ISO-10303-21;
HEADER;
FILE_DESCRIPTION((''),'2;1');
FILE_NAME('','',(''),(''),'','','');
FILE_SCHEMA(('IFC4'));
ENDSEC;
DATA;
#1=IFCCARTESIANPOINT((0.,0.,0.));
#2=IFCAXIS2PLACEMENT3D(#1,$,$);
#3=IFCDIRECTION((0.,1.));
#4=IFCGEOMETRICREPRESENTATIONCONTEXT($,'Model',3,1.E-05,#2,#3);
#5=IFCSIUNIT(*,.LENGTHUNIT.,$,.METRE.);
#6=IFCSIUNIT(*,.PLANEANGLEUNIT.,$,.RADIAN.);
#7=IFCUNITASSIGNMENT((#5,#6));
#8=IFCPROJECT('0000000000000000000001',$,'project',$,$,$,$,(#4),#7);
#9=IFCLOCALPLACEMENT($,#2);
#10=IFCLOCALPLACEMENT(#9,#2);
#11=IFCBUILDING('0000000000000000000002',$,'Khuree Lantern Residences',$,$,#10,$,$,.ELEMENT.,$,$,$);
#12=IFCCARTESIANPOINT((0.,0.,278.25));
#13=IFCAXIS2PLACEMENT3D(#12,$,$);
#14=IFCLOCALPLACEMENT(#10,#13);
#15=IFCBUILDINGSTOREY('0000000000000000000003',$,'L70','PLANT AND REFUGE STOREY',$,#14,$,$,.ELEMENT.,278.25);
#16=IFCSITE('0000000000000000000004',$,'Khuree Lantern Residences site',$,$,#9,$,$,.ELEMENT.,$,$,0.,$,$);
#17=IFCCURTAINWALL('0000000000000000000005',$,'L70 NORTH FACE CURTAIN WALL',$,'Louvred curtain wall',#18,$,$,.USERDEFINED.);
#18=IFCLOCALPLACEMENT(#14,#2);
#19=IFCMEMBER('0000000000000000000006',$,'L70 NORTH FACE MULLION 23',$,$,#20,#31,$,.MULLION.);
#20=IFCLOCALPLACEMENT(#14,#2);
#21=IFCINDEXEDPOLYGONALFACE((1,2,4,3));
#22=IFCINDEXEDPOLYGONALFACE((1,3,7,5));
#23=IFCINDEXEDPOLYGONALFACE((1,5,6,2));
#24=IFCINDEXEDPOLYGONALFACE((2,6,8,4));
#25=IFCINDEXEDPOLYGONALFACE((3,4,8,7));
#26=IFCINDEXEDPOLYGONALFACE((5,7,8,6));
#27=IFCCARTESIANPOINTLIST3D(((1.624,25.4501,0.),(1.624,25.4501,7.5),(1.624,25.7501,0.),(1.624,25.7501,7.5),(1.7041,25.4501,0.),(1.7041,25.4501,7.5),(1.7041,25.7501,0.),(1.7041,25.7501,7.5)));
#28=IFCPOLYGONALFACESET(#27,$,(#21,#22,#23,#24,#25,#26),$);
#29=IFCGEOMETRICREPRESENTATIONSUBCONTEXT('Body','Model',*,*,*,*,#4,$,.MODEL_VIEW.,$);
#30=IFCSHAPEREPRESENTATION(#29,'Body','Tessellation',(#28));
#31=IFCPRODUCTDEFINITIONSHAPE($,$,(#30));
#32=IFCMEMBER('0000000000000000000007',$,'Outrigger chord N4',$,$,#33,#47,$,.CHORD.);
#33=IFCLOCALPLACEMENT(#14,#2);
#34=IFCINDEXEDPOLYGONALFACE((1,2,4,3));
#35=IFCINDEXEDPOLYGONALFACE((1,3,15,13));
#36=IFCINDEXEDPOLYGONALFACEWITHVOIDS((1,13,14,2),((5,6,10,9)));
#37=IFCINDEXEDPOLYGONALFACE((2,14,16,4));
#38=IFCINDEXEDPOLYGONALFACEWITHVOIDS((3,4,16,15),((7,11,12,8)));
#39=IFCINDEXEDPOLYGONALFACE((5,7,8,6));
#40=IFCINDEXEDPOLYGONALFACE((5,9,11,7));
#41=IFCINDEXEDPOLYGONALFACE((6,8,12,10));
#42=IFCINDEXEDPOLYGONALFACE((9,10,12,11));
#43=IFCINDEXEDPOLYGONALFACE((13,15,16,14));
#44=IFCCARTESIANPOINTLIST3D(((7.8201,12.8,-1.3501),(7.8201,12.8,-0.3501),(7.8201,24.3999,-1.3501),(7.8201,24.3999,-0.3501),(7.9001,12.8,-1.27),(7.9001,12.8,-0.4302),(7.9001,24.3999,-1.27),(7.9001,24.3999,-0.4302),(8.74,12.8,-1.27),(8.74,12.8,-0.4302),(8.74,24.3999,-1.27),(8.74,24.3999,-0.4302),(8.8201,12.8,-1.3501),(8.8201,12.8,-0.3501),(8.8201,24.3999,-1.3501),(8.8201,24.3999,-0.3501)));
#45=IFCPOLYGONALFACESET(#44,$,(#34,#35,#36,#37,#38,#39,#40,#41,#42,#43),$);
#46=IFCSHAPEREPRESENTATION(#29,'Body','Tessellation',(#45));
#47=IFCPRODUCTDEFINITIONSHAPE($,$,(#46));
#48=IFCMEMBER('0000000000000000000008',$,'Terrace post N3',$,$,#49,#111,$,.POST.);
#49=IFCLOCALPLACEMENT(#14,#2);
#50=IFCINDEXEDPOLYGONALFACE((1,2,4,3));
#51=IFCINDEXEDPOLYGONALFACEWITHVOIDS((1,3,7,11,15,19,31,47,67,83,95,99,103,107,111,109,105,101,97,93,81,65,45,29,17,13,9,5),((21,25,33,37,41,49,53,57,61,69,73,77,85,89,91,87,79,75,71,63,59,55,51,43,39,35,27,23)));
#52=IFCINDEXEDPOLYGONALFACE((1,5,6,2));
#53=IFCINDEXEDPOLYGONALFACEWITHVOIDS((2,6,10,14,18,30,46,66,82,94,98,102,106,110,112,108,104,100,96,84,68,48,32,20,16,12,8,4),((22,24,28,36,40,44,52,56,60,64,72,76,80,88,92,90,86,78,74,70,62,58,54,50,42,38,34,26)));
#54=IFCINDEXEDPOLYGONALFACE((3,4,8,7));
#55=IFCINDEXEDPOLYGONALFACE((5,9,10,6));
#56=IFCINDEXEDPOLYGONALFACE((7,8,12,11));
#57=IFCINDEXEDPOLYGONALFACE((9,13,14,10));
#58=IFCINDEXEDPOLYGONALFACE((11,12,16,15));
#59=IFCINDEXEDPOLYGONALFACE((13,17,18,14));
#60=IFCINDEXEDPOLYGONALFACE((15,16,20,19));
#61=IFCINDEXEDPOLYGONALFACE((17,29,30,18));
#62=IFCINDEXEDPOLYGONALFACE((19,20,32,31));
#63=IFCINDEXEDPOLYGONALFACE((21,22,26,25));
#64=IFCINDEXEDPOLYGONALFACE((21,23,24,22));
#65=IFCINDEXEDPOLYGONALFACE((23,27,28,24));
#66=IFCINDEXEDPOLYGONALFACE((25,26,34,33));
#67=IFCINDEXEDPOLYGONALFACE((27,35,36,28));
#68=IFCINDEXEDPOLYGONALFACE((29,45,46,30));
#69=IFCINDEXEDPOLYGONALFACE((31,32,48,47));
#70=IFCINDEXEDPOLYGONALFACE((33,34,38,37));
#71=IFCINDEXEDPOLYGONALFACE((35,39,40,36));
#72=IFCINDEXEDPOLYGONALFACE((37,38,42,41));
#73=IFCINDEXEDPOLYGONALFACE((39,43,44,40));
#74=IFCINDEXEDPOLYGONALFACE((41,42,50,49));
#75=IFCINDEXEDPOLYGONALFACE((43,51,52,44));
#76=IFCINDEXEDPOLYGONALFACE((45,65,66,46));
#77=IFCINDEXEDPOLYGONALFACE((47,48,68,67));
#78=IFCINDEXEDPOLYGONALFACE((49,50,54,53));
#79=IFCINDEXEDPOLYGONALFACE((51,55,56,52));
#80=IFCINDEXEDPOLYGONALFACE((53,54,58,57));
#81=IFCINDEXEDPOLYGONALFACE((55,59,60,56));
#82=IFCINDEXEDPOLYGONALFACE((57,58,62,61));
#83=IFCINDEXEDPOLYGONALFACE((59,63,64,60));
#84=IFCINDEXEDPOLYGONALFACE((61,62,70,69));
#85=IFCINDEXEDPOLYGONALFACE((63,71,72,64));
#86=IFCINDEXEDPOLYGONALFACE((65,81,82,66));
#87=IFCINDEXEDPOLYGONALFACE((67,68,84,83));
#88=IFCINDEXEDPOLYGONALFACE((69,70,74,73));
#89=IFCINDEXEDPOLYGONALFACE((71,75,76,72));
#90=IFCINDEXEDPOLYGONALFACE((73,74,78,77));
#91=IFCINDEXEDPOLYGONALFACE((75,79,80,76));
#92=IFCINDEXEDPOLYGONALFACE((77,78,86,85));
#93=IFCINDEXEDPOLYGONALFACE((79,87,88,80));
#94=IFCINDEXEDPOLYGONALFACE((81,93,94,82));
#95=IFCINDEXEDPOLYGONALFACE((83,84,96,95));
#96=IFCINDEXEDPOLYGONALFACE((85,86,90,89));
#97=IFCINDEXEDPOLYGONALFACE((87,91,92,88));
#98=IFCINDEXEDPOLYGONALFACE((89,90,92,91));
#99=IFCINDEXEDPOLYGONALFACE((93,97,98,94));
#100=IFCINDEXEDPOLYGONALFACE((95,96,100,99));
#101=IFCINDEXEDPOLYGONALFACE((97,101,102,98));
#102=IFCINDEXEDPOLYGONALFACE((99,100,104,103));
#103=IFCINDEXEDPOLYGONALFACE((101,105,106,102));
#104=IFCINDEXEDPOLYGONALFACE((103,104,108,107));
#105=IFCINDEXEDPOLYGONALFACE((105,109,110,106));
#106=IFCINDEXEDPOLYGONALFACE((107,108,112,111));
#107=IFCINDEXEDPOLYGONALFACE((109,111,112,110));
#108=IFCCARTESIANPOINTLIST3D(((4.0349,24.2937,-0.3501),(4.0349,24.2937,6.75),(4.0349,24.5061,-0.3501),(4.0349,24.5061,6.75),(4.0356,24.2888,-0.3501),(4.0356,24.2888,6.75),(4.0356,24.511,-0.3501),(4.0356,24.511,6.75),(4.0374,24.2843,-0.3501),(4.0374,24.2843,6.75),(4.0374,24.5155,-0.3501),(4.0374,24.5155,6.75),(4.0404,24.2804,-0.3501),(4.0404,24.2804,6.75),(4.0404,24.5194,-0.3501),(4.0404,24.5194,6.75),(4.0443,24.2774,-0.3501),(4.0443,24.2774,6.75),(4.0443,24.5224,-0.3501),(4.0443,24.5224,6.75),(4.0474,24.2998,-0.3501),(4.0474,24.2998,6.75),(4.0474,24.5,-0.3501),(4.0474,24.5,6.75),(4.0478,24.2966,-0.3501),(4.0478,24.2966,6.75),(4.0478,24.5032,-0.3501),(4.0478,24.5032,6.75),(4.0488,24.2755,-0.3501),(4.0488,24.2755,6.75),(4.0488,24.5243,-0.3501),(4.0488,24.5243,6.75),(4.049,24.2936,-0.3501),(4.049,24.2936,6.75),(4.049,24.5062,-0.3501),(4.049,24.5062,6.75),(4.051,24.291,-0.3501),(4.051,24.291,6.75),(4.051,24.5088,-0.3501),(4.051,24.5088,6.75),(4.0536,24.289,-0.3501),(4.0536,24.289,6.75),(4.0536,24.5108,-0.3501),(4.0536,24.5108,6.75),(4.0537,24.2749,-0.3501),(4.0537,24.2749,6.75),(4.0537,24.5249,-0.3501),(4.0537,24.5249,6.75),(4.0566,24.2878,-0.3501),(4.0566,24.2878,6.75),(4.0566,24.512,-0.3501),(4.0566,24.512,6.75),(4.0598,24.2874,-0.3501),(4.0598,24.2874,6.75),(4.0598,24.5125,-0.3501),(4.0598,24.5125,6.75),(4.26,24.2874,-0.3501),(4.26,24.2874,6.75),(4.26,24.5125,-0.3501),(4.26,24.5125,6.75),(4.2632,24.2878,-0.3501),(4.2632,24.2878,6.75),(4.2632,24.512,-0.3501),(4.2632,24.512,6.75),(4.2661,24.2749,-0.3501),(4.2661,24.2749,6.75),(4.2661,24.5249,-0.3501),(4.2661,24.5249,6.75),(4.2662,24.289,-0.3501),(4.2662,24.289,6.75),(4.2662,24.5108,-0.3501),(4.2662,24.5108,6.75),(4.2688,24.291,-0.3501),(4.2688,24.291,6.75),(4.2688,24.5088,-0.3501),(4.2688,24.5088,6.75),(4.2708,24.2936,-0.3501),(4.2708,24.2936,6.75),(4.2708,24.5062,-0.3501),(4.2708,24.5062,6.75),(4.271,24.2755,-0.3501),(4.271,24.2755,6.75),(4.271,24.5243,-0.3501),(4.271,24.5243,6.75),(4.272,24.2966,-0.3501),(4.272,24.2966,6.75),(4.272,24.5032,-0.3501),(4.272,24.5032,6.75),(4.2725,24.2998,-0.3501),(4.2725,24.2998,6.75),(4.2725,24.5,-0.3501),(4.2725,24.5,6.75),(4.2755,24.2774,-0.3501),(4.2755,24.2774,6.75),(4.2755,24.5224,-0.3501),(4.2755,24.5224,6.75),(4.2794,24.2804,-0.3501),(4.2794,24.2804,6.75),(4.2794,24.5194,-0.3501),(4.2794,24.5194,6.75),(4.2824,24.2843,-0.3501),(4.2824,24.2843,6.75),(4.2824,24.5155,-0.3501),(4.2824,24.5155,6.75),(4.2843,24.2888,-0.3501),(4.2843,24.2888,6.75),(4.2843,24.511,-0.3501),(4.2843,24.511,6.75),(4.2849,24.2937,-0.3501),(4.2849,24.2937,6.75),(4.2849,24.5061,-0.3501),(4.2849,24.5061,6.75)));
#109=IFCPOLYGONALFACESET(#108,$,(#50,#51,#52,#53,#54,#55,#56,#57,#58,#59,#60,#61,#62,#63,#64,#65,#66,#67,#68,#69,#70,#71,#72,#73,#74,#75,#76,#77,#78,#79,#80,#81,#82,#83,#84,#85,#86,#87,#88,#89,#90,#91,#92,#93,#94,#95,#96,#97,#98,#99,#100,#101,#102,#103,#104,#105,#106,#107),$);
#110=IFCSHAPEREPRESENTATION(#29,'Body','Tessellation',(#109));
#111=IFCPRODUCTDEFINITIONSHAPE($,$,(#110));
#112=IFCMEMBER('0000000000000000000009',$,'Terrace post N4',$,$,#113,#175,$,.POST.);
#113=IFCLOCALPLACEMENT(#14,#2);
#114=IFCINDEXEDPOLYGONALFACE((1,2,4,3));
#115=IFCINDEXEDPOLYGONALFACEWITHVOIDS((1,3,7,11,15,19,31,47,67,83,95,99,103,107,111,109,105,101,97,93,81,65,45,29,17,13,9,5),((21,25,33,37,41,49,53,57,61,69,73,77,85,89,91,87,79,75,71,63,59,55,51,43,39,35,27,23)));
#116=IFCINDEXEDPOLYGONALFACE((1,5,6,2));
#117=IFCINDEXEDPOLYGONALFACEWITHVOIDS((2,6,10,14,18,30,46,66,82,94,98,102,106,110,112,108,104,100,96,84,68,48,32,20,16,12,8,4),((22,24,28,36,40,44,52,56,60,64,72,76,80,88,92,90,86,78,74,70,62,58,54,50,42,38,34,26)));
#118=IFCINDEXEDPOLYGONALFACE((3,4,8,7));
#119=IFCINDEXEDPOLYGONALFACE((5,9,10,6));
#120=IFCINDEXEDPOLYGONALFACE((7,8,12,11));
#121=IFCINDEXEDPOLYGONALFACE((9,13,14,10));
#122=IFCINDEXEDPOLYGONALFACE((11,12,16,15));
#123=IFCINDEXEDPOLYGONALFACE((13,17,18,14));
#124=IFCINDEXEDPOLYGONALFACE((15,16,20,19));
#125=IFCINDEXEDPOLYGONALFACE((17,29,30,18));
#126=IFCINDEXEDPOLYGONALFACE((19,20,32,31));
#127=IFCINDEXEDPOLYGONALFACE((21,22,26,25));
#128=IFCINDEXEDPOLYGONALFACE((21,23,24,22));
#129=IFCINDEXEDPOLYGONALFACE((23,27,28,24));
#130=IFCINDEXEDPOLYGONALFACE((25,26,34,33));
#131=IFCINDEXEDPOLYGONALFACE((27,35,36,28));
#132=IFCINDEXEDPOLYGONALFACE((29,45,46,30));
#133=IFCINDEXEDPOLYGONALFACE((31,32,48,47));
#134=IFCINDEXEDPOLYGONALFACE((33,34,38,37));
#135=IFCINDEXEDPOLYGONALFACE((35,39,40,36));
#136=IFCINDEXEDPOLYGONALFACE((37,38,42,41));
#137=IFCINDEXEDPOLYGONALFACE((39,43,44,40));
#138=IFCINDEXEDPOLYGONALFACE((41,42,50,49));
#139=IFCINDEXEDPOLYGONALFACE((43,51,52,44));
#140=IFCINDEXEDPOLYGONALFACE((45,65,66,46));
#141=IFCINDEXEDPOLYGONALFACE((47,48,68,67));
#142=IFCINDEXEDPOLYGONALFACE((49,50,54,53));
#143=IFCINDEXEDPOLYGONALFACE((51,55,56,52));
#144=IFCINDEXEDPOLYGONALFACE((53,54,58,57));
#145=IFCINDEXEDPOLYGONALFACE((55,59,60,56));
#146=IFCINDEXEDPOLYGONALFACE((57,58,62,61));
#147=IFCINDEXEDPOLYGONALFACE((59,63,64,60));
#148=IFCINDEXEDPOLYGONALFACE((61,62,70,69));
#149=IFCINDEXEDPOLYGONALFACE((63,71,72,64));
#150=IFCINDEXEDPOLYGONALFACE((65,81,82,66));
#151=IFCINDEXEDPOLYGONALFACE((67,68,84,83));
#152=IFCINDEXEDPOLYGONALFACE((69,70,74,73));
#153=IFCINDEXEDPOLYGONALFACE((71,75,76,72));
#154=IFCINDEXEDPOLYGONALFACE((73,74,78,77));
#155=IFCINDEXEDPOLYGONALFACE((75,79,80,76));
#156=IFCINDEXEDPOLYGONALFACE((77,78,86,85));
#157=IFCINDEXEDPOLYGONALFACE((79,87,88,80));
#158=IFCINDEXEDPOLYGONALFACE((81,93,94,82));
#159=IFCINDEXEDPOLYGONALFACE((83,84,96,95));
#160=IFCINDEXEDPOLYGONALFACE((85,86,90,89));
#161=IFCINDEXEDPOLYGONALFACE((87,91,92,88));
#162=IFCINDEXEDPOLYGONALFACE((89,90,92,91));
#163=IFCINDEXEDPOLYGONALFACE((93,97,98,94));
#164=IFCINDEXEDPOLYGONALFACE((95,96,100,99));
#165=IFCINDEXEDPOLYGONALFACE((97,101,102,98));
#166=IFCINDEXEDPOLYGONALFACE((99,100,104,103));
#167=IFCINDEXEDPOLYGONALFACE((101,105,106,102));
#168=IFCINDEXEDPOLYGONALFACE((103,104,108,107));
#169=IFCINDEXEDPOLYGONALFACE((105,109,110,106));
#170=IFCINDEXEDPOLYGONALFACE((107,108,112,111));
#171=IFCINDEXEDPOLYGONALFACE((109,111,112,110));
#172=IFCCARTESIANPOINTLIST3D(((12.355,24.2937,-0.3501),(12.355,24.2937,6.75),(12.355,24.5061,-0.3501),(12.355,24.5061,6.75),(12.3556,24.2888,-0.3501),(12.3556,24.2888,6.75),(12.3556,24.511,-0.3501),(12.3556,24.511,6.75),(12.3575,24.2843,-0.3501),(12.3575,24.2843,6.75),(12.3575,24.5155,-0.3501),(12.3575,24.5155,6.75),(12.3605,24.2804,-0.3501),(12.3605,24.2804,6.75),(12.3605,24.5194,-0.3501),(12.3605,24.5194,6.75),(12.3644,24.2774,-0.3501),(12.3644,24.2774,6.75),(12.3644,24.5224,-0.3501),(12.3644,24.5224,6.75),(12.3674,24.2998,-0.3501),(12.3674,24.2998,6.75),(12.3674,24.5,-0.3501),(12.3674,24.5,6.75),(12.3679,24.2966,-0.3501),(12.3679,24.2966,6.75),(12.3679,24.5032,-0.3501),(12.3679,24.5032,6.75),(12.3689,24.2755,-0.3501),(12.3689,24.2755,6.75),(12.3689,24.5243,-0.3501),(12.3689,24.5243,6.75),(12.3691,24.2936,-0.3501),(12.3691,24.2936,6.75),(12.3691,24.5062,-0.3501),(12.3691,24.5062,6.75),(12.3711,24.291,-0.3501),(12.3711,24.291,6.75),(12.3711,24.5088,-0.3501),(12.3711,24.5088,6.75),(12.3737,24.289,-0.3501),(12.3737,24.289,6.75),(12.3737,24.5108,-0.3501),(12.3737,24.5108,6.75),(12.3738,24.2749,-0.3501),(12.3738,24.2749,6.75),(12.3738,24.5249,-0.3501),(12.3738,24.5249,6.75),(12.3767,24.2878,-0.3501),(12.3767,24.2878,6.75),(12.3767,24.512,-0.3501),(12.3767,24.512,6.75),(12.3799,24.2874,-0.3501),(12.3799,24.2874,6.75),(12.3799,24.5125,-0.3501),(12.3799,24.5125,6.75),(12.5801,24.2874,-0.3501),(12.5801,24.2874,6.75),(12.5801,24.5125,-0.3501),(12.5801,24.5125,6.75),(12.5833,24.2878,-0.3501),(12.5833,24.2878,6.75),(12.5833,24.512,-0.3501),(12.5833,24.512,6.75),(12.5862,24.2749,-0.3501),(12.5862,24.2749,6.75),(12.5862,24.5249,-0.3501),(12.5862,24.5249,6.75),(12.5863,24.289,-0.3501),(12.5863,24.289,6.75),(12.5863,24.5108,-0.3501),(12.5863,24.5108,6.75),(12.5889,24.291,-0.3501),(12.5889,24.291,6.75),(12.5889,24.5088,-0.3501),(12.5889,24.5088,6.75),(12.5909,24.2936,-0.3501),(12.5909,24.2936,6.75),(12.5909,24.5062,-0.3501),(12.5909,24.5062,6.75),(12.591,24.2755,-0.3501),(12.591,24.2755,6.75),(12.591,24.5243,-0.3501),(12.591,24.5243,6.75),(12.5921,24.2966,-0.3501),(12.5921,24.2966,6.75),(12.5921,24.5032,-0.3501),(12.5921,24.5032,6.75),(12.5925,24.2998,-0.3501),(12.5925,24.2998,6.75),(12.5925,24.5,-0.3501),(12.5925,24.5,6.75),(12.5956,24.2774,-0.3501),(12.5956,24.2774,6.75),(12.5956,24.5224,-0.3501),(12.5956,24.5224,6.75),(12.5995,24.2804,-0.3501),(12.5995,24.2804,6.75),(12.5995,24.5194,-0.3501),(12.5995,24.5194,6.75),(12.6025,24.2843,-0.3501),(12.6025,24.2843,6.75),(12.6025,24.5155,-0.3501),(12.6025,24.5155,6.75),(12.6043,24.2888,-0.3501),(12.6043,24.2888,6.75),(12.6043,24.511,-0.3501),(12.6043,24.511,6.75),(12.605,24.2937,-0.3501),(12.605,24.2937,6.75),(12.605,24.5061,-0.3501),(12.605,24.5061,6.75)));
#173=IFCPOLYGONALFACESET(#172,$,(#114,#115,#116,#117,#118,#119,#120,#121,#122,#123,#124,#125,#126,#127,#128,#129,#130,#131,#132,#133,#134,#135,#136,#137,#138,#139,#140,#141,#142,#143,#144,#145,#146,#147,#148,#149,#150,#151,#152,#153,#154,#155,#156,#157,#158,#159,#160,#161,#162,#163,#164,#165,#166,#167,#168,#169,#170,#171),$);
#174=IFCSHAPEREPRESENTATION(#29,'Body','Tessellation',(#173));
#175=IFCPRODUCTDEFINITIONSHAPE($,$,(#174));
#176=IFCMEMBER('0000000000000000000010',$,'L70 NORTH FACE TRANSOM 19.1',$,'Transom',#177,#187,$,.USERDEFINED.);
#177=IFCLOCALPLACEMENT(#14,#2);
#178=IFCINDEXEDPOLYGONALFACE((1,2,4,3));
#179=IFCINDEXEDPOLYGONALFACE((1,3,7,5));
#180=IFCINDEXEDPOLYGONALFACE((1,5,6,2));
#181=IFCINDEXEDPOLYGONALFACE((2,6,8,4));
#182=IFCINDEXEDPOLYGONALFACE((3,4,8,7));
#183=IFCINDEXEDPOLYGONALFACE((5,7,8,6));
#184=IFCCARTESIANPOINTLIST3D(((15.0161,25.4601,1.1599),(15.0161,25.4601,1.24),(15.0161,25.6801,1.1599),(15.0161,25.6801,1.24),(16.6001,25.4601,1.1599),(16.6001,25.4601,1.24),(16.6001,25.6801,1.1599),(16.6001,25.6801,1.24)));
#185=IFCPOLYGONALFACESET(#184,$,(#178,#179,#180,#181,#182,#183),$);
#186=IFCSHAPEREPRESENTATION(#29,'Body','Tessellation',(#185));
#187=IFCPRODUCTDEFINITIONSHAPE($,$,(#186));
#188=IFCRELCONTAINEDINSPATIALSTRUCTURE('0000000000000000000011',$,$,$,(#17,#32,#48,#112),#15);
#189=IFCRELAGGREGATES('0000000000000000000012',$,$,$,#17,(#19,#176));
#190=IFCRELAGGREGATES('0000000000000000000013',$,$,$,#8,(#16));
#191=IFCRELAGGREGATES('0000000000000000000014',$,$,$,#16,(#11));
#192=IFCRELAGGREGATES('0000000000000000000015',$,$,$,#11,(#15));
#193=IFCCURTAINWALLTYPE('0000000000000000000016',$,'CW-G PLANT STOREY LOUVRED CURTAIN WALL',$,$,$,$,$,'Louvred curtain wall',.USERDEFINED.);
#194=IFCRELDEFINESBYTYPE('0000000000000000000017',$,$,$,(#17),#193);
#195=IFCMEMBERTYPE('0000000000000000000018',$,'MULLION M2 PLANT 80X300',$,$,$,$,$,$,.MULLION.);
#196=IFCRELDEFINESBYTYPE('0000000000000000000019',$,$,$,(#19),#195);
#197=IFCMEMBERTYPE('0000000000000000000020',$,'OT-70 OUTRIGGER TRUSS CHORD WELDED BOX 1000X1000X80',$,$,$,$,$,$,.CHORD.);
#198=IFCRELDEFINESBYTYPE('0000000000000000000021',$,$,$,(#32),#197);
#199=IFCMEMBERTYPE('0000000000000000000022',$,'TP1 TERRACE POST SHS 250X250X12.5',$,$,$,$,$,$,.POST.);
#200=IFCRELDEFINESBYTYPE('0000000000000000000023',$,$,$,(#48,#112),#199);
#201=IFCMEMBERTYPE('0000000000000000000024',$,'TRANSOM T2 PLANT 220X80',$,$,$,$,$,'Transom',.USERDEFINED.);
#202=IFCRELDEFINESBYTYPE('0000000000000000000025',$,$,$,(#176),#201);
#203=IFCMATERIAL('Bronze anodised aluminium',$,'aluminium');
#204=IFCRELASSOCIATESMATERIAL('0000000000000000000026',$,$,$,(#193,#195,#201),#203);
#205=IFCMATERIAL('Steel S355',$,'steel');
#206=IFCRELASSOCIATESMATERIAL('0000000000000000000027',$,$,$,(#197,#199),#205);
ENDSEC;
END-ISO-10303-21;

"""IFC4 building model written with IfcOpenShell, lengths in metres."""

from ifc_helpers import new_model, si_unit, direction, frame, origin, origin_2d, place, context, subcontext, project, spatial, rectangle, hollow_rectangle, extrude, material, material_profile, profile_set, type_object, element, aggregate, save


model = new_model("IFC4")

# Units and contexts
model_context = context("Model", 3, precision=1e-05, world=origin(), true_north=direction((0.0, 1.0)))
body_context = subcontext(model_context, "Body", "Model", "MODEL_VIEW")
ifc_project = project(units=[si_unit("LENGTHUNIT", "METRE"), si_unit("PLANEANGLEUNIT", "RADIAN")], contexts=[model_context])

# Site, building, storey
site_placement = place(None, origin())
site = spatial("IfcSite", under=ifc_project, at=site_placement, Name="Khuree Lantern Residences site", CompositionType="ELEMENT", RefElevation=0.0)
building_placement = place(site_placement, origin())
building = spatial("IfcBuilding", under=site, at=building_placement, Name="Khuree Lantern Residences", CompositionType="ELEMENT")
storey_placement = place(building_placement, frame((0.0, 0.0, 278.25)))
storey = spatial("IfcBuildingStorey", under=building, at=storey_placement, Name="L70", Description="PLANT AND REFUGE STOREY", CompositionType="ELEMENT", Elevation=278.25)

# Shared definitions
ifc_material_1 = material(Name="Steel S355", Category="steel")

# Curtain wall
ifc_material_2 = material(Name="Bronze anodised aluminium", Category="aluminium")
curtain_wall_type = type_object("IfcCurtainWallType", Name="CW-G PLANT STOREY LOUVRED CURTAIN WALL", ElementType="Louvred curtain wall", PredefinedType="USERDEFINED", material=ifc_material_2)
curtain_wall_placement = place(storey_placement, origin())
curtain_wall = element("IfcCurtainWall", 1, at=curtain_wall_placement, inside=storey, type_object=curtain_wall_type, Name="L70 NORTH FACE CURTAIN WALL", ObjectType="Louvred curtain wall", PredefinedType="USERDEFINED")

# Member
ifc_material_profile_1 = material_profile(ifc_material_2, rectangle(XDim=0.0801, YDim=0.3, at=origin_2d()), Name="M2 80X300")
ifc_profile_set_1 = profile_set([ifc_material_profile_1], Name="Bronze anodised aluminium")
member_type_1 = type_object("IfcMemberType", Name="MULLION M2 PLANT 80X300", PredefinedType="MULLION", material=ifc_profile_set_1)
member_1_placement = place(storey_placement, frame((1.6641, 25.6001, 0.0), z_axis=(0.0, 0.0, 1.0), x_axis=(-1.0, 0.0, 0.0)))
member_1 = element("IfcMember", 2, at=member_1_placement, type_object=member_type_1, Name="L70 NORTH FACE MULLION 23", PredefinedType="MULLION", context=body_context, shape_type="SweptSolid", body=[
    extrude(rectangle(XDim=0.0801, YDim=0.3, at=origin_2d()), origin(), (0.0, 0.0, 1.0), 7.5),
])

# Members
ifc_material_profile_2 = material_profile(ifc_material_1, hollow_rectangle(XDim=1.0, YDim=1.0, WallThickness=0.0801, at=origin_2d()), Name="WELDED BOX 1000X1000X80")
ifc_profile_set_2 = profile_set([ifc_material_profile_2], Name="Steel S355")
member_type_2 = type_object("IfcMemberType", Name="OT-70 OUTRIGGER TRUSS CHORD WELDED BOX 1000X1000X80", PredefinedType="CHORD", material=ifc_profile_set_2)
member_2_placement = place(storey_placement, frame((8.3201, 24.3999, -0.8501), z_axis=(0.0, -1.0, 0.0), x_axis=(1.0, 0.0, 0.0)))
element("IfcMember", 3, at=member_2_placement, inside=storey, type_object=member_type_2, Name="Outrigger chord N4", PredefinedType="CHORD", context=body_context, shape_type="SweptSolid", body=[
    extrude(hollow_rectangle(XDim=1.0, YDim=1.0, WallThickness=0.0801, at=origin_2d()), origin(), (0.0, 0.0, 1.0), 11.5999),
])
ifc_material_profile_3 = material_profile(ifc_material_1, hollow_rectangle(XDim=0.25, YDim=0.25, WallThickness=0.0125, InnerFilletRadius=0.0125, OuterFilletRadius=0.0188, at=origin_2d()), Name="SHS 250X250X12.5")
ifc_profile_set_3 = profile_set([ifc_material_profile_3], Name="Steel S355")
member_type_3 = type_object("IfcMemberType", Name="TP1 TERRACE POST SHS 250X250X12.5", PredefinedType="POST", material=ifc_profile_set_3)
for number, where, z_axis, x_axis, name in (
    (4, (4.1599, 24.3999, -0.3501), (0.0, 0.0, 1.0), (1.0, 0.0, 0.0), "Terrace post N3"),
    (5, (12.48, 24.3999, -0.3501), (0.0, 0.0, 1.0), (1.0, 0.0, 0.0), "Terrace post N4"),
):
    element("IfcMember", number, at=place(storey_placement, frame(where, z_axis=z_axis, x_axis=x_axis)), inside=storey, type_object=member_type_3, Name=name, PredefinedType="POST", context=body_context, shape_type="SweptSolid", body=[
        extrude(hollow_rectangle(XDim=0.25, YDim=0.25, WallThickness=0.0125, InnerFilletRadius=0.0125, OuterFilletRadius=0.0188, at=origin_2d()), origin(), (0.0, 0.0, 1.0), 7.1001),
    ])

# Member
ifc_material_profile_4 = material_profile(ifc_material_2, rectangle(XDim=0.22, YDim=0.0801, at=origin_2d()), Name="T2 220X80")
ifc_profile_set_4 = profile_set([ifc_material_profile_4], Name="Bronze anodised aluminium")
member_type_4 = type_object("IfcMemberType", Name="TRANSOM T2 PLANT 220X80", ElementType="Transom", PredefinedType="USERDEFINED", material=ifc_profile_set_4)
member_3_placement = place(storey_placement, frame((16.6001, 25.5701, 1.2), z_axis=(-1.0, 0.0, 0.0), x_axis=(0.0, -1.0, 0.0)))
member_3 = element("IfcMember", 6, at=member_3_placement, type_object=member_type_4, Name="L70 NORTH FACE TRANSOM 19.1", ObjectType="Transom", PredefinedType="USERDEFINED", context=body_context, shape_type="SweptSolid", body=[
    extrude(rectangle(XDim=0.22, YDim=0.0801, at=origin_2d()), origin(), (0.0, 0.0, 1.0), 1.584),
])

aggregate(curtain_wall, [member_1, member_3])

save(model, "model.ifc")
